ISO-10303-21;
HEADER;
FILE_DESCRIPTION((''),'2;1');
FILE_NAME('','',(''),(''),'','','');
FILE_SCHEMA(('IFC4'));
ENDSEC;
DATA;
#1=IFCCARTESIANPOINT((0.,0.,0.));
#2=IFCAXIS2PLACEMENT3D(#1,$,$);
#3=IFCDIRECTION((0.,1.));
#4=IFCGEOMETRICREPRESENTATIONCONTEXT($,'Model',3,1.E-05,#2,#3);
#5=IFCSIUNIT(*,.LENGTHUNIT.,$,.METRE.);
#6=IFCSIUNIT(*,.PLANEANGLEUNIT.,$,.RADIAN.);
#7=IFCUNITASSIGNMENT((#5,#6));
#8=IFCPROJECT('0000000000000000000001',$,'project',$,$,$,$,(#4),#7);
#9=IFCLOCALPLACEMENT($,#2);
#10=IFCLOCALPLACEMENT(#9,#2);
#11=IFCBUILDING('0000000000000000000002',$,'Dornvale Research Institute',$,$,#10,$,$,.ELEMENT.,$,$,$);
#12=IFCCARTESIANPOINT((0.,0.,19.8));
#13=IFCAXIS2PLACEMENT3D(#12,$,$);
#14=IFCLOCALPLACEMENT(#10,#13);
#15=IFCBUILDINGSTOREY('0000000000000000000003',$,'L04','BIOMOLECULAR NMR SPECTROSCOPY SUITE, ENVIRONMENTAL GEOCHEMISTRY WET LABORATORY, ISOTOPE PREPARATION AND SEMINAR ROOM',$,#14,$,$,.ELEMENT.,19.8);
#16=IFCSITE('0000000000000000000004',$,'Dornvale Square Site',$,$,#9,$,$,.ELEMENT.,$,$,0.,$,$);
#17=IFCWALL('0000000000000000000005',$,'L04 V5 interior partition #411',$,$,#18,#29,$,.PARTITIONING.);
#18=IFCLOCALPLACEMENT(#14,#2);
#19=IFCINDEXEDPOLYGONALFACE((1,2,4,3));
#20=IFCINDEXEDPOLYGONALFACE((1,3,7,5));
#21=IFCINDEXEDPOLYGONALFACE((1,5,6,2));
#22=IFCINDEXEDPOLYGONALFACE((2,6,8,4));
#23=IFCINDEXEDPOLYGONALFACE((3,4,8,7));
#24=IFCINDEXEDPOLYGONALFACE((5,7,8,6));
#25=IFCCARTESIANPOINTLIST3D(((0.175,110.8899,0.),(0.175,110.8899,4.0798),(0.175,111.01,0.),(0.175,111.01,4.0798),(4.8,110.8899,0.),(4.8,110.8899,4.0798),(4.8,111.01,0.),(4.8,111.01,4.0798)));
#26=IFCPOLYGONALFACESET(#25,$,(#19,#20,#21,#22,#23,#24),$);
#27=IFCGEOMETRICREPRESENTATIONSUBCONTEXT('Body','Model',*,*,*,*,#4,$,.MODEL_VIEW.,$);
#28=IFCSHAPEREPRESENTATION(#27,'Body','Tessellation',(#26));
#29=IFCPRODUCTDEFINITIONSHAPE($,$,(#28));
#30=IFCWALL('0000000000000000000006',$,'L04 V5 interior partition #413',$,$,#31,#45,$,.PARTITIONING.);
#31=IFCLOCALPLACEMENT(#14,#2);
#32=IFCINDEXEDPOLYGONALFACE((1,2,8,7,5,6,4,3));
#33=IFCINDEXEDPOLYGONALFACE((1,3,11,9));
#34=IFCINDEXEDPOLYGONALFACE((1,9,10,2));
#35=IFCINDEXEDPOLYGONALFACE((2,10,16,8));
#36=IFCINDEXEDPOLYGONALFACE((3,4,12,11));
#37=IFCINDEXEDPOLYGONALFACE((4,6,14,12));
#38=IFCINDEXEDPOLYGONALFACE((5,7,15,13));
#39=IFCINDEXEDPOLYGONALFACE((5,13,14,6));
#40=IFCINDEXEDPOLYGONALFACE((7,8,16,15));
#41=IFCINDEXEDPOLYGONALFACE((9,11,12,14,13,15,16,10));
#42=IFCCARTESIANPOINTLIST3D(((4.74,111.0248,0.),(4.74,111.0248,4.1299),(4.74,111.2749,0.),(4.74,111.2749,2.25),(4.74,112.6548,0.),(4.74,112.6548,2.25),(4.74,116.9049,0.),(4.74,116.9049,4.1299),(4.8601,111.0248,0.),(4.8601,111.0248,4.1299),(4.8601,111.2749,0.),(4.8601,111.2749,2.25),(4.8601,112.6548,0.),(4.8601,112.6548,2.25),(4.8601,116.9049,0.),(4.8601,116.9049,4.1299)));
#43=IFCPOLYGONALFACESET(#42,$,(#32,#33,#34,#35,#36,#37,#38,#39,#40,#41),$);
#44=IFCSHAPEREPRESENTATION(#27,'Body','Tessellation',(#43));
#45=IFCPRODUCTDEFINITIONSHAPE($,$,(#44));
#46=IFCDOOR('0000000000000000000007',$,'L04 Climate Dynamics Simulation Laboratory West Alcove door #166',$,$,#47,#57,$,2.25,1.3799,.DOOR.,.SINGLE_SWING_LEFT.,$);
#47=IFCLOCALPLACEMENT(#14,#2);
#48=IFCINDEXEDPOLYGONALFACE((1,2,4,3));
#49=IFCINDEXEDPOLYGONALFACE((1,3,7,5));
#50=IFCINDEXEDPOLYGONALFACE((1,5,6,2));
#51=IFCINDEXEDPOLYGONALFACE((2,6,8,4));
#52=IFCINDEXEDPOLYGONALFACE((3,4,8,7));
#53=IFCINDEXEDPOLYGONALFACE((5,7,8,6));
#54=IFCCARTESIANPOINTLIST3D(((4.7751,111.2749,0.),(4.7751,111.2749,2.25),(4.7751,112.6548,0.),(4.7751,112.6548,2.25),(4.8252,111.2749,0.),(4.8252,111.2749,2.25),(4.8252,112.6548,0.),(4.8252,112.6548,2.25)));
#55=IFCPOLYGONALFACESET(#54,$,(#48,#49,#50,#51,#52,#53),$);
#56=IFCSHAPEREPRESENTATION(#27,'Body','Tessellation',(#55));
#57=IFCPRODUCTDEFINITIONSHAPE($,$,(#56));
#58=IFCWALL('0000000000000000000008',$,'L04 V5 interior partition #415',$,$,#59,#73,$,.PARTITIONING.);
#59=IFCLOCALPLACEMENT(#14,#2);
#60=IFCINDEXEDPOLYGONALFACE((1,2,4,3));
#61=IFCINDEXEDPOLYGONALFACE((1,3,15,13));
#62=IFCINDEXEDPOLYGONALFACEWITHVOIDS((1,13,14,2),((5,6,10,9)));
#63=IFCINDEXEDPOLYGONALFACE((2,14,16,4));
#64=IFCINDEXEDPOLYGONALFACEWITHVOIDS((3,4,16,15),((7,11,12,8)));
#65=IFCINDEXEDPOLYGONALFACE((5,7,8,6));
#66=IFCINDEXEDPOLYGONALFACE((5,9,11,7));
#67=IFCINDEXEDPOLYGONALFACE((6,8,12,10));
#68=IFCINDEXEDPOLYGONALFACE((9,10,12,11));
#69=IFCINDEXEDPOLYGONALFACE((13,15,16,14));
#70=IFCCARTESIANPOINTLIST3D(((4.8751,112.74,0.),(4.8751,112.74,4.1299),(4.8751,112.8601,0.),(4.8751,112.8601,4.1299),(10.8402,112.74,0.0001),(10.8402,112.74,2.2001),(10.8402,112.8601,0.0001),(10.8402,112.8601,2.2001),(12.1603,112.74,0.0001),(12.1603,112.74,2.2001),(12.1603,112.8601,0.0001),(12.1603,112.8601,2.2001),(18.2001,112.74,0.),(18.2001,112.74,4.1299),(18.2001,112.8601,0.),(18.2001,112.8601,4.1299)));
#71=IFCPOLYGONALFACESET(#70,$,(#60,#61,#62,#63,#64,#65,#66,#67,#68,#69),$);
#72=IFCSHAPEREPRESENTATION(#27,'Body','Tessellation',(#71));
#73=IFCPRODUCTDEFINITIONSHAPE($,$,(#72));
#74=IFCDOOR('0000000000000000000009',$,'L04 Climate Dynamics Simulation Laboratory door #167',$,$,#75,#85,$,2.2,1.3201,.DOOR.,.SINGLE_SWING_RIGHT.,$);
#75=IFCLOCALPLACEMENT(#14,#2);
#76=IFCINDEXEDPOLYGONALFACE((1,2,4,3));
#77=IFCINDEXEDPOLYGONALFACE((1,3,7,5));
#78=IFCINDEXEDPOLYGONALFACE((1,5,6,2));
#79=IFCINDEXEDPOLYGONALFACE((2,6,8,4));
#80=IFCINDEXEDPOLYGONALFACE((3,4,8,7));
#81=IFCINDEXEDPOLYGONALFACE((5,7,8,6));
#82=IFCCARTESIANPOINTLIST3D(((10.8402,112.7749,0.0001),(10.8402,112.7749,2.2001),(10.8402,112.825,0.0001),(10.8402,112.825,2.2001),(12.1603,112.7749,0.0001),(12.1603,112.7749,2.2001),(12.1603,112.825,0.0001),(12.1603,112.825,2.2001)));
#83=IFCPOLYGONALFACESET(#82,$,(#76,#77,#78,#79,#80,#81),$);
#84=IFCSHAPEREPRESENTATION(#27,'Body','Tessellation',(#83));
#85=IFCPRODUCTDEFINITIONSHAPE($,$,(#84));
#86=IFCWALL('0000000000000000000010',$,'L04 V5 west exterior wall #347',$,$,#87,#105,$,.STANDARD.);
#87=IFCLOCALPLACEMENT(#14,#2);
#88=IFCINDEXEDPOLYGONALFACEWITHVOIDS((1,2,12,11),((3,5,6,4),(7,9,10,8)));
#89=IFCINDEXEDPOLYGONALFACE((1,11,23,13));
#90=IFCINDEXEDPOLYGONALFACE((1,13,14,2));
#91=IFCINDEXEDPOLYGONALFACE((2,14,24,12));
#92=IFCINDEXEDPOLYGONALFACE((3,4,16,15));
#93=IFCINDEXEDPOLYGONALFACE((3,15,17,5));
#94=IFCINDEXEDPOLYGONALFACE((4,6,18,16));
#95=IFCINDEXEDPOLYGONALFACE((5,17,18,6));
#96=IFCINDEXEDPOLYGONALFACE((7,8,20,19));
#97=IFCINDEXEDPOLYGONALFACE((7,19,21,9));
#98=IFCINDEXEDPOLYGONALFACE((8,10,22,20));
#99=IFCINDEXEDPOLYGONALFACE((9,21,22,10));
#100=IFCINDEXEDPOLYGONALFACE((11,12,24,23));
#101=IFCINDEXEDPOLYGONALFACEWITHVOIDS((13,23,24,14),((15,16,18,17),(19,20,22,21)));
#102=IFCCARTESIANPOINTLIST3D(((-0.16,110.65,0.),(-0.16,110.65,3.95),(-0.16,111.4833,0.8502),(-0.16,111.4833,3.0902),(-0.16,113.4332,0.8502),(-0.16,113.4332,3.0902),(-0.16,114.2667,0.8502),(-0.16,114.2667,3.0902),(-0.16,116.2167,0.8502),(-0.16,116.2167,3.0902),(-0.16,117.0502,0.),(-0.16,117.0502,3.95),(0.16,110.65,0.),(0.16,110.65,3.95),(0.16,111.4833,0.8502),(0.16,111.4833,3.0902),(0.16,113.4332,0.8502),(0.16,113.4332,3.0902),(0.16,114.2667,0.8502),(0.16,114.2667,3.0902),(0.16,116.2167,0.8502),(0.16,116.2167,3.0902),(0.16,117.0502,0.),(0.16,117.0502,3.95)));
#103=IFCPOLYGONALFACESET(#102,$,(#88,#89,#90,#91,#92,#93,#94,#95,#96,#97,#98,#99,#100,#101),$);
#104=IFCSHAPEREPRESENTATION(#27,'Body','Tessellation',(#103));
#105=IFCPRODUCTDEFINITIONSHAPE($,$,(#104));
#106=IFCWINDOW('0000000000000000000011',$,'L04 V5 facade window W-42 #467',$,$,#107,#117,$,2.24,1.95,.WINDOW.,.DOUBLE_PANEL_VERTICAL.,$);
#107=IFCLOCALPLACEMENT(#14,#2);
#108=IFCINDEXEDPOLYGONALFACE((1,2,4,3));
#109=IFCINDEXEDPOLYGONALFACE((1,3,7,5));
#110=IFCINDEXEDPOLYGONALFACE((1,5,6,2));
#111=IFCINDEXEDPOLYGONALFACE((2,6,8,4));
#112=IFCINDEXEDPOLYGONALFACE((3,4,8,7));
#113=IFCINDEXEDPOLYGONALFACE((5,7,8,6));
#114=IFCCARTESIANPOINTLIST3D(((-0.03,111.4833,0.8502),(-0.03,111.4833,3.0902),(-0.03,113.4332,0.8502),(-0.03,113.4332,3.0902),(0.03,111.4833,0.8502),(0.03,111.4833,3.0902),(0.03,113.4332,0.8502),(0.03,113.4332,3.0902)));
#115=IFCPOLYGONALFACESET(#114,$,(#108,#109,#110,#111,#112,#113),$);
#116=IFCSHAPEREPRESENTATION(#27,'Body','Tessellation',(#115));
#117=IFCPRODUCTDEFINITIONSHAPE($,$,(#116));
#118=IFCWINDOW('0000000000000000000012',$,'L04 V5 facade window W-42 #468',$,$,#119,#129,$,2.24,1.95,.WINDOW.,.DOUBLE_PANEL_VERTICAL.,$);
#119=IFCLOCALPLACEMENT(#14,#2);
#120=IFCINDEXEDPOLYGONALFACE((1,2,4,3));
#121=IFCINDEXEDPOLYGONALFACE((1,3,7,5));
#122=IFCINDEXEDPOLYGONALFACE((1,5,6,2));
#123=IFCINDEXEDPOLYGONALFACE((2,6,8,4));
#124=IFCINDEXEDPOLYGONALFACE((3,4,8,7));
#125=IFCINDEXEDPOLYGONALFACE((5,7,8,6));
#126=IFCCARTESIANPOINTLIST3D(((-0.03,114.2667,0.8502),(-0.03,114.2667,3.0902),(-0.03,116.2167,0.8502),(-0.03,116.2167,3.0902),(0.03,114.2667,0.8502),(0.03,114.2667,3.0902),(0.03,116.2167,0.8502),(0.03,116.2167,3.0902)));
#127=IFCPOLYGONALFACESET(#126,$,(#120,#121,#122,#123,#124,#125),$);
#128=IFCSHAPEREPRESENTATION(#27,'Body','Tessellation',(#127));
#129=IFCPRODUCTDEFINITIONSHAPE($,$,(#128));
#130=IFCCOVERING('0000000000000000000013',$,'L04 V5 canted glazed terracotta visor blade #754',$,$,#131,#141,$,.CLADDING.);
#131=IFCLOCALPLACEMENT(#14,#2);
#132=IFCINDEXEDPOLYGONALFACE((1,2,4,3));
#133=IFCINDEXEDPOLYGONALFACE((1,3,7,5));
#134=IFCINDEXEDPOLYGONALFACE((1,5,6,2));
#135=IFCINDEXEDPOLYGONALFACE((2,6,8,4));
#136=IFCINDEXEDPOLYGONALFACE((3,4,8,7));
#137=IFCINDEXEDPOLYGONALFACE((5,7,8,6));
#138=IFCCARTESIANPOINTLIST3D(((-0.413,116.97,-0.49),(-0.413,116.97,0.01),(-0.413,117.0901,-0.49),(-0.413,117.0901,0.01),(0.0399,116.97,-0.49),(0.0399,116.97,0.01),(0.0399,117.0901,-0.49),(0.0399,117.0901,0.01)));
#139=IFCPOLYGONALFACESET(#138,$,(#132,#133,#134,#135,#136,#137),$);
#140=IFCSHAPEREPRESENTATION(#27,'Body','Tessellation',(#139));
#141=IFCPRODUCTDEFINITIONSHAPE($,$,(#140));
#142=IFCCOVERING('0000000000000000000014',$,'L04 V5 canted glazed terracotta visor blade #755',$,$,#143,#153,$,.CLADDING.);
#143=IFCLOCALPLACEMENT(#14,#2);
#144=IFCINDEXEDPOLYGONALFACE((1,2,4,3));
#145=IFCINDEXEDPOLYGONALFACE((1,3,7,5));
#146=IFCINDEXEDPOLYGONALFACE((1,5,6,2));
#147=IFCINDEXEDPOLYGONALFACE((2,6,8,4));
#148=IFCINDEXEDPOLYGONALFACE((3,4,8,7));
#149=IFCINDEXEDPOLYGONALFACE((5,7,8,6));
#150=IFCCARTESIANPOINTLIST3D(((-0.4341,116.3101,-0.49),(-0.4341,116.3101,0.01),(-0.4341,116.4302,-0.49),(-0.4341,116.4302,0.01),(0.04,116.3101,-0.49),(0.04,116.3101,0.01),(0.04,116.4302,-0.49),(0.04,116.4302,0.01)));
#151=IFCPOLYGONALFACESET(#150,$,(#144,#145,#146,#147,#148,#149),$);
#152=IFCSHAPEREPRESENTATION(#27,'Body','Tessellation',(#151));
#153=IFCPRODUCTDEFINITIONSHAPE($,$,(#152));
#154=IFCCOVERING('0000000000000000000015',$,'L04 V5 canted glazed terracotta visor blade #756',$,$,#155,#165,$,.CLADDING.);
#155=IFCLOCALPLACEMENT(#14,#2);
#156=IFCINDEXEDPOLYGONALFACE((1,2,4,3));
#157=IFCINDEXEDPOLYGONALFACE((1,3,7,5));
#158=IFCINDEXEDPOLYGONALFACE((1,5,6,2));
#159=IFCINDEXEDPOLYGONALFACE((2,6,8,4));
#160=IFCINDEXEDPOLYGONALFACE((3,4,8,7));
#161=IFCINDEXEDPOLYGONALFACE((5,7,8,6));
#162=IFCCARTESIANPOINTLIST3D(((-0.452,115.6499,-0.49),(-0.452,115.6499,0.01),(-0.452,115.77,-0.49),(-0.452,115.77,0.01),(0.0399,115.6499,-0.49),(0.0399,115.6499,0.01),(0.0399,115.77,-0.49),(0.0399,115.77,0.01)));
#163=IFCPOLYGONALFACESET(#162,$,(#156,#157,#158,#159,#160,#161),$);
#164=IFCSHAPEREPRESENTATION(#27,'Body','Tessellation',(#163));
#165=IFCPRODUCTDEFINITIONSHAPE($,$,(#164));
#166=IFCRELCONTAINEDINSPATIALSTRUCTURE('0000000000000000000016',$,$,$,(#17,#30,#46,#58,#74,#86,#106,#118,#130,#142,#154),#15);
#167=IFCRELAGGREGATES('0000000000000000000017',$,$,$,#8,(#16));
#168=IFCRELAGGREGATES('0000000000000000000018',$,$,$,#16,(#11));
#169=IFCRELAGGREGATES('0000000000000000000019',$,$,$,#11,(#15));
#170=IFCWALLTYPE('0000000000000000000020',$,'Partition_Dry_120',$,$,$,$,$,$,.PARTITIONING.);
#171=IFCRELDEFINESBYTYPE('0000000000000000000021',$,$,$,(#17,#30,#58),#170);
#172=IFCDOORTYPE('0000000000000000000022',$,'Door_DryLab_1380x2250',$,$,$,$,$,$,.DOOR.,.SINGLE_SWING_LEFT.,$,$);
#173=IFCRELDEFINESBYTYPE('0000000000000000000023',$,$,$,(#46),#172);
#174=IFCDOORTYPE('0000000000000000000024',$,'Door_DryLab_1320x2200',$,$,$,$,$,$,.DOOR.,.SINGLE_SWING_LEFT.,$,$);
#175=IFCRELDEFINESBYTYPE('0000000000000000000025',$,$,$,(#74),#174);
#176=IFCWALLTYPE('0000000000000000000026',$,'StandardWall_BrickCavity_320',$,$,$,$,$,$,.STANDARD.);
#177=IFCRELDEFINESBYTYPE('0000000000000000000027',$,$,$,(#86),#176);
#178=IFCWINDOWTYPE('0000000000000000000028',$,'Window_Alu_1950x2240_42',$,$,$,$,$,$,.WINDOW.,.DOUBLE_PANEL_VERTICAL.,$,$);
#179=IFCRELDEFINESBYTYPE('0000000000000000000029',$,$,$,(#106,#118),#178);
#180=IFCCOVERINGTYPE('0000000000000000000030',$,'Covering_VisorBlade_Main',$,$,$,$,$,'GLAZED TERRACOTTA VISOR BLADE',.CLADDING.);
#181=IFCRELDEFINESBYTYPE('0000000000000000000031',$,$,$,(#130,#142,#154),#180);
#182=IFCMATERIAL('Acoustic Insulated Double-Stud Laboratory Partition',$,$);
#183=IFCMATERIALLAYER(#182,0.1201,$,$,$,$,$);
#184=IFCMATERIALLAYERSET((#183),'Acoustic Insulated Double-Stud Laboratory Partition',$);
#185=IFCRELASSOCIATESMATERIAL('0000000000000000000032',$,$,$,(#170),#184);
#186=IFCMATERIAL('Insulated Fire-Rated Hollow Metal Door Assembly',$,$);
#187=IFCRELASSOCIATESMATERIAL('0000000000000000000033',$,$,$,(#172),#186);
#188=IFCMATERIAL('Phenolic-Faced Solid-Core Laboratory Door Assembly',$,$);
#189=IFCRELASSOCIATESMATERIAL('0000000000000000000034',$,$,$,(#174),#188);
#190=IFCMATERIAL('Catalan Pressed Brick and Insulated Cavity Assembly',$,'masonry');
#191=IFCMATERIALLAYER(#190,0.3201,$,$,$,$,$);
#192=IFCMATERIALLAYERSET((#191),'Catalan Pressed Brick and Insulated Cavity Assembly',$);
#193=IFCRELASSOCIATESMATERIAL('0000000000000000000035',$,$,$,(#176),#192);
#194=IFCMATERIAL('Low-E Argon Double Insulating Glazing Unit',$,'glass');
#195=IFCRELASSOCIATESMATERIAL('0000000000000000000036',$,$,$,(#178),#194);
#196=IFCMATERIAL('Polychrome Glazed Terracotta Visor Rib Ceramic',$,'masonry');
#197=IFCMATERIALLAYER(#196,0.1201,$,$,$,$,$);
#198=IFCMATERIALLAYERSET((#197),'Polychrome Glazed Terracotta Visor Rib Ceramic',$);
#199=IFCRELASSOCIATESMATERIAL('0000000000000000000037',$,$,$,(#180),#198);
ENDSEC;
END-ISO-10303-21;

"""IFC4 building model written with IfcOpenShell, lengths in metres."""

from ifc_helpers import new_model, si_unit, direction, frame, frame_2d, origin, origin_2d, place, context, subcontext, project, spatial, rectangle, extrude, material, layer, layer_set, type_object, element, fill, save


model = new_model("IFC4")

# Units and contexts
model_context = context("Model", 3, precision=1e-05, world=origin(), true_north=direction((0.0, 1.0)))
body_context = subcontext(model_context, "Body", "Model", "MODEL_VIEW")
ifc_project = project(units=[si_unit("LENGTHUNIT", "METRE"), si_unit("PLANEANGLEUNIT", "RADIAN")], contexts=[model_context])

# Site, building, storey
site_placement = place(None, origin())
site = spatial("IfcSite", under=ifc_project, at=site_placement, Name="Dornvale Square Site", CompositionType="ELEMENT", RefElevation=0.0)
building_placement = place(site_placement, origin())
building = spatial("IfcBuilding", under=site, at=building_placement, Name="Dornvale Research Institute", CompositionType="ELEMENT")
storey_placement = place(building_placement, frame((0.0, 0.0, 19.8)))
storey = spatial("IfcBuildingStorey", under=building, at=storey_placement, Name="L04", Description="BIOMOLECULAR NMR SPECTROSCOPY SUITE, ENVIRONMENTAL GEOCHEMISTRY WET LABORATORY, ISOTOPE PREPARATION AND SEMINAR ROOM", CompositionType="ELEMENT", Elevation=19.8)

# Shared definitions
ifc_material_1 = material(Name="Acoustic Insulated Double-Stud Laboratory Partition")
ifc_layer_1 = layer(ifc_material_1, 0.1201)
ifc_layer_set_1 = layer_set([ifc_layer_1], Name="Acoustic Insulated Double-Stud Laboratory Partition")
wall_type_1 = type_object("IfcWallType", Name="Partition_Dry_120", PredefinedType="PARTITIONING", material=ifc_layer_set_1)

# Wall
wall_1_placement = place(storey_placement, frame((0.175, 110.95, 0.0), z_axis=(0.0, 0.0, 1.0), x_axis=(1.0, 0.0, 0.0)))
element("IfcWall", 1, at=wall_1_placement, inside=storey, type_object=wall_type_1, Name="L04 V5 interior partition #411", PredefinedType="PARTITIONING", context=body_context, shape_type="SweptSolid", body=[
    extrude(rectangle(XDim=4.625, YDim=0.1201, at=frame_2d((2.3125, 0.0))), origin(), (0.0, 0.0, 1.0), 4.0798),
])

# Walls, openings, doors
wall_2_placement = place(storey_placement, frame((4.8, 111.0249, 0.0), z_axis=(0.0, 0.0, 1.0), x_axis=(0.0, 1.0, 0.0)))
wall_2 = element("IfcWall", 2, at=wall_2_placement, inside=storey, type_object=wall_type_1, Name="L04 V5 interior partition #413", PredefinedType="PARTITIONING", context=body_context, shape_type="SweptSolid", body=[
    extrude(rectangle(XDim=5.8801, YDim=0.1201, at=frame_2d((2.9399, 0.0))), origin(), (0.0, 0.0, 1.0), 4.1299),
])
opening_1_placement = place(wall_2_placement, frame((0.25, 0.0, 0.0)))
opening_1 = element("IfcOpeningElement", 3, at=opening_1_placement, cuts=wall_2, PredefinedType="OPENING", context=body_context, shape_type="SweptSolid", body=[
    extrude(rectangle(XDim=1.3799, YDim=2.25, at=frame_2d((0.6899, 1.125))), frame((0.0, 0.075, 0.0), z_axis=(0.0, -1.0, 0.0), x_axis=(1.0, 0.0, 0.0)), (0.0, 0.0, 1.0), 0.1501),
])
ifc_material_2 = material(Name="Insulated Fire-Rated Hollow Metal Door Assembly")
door_type_1 = type_object("IfcDoorType", Name="Door_DryLab_1380x2250", OperationType="SINGLE_SWING_LEFT", PredefinedType="DOOR", material=ifc_material_2)
door_1_placement = place(opening_1_placement, origin())
door_1 = element("IfcDoor", 4, at=door_1_placement, inside=storey, type_object=door_type_1, Name="L04 Climate Dynamics Simulation Laboratory West Alcove door #166", OperationType="SINGLE_SWING_LEFT", OverallHeight=2.25, OverallWidth=1.3799, PredefinedType="DOOR", context=body_context, shape_type="SweptSolid", body=[
    extrude(rectangle(XDim=1.3799, YDim=2.25, at=frame_2d((0.6899, 1.125))), frame((0.0, 0.0249, 0.0), z_axis=(0.0, -1.0, 0.0), x_axis=(1.0, 0.0, 0.0)), (0.0, 0.0, 1.0), 0.05),
])
fill(opening_1, door_1)
wall_3_placement = place(storey_placement, frame((4.875, 112.8, 0.0), z_axis=(0.0, 0.0, 1.0), x_axis=(1.0, 0.0, 0.0)))
wall_3 = element("IfcWall", 5, at=wall_3_placement, inside=storey, type_object=wall_type_1, Name="L04 V5 interior partition #415", PredefinedType="PARTITIONING", context=body_context, shape_type="SweptSolid", body=[
    extrude(rectangle(XDim=13.325, YDim=0.1201, at=frame_2d((6.6626, 0.0))), origin(), (0.0, 0.0, 1.0), 4.1299),
])
opening_2_placement = place(wall_3_placement, frame((5.9651, 0.0, 0.0)))
opening_2 = element("IfcOpeningElement", 6, at=opening_2_placement, cuts=wall_3, PredefinedType="OPENING", context=body_context, shape_type="SweptSolid", body=[
    extrude(rectangle(XDim=1.3201, YDim=2.2, at=frame_2d((0.6602, 1.1001))), frame((0.0, 0.075, 0.0), z_axis=(0.0, -1.0, 0.0), x_axis=(1.0, 0.0, 0.0)), (0.0, 0.0, 1.0), 0.1501),
])
ifc_material_3 = material(Name="Phenolic-Faced Solid-Core Laboratory Door Assembly")
door_type_2 = type_object("IfcDoorType", Name="Door_DryLab_1320x2200", OperationType="SINGLE_SWING_LEFT", PredefinedType="DOOR", material=ifc_material_3)
door_2_placement = place(opening_2_placement, origin())
door_2 = element("IfcDoor", 7, at=door_2_placement, inside=storey, type_object=door_type_2, Name="L04 Climate Dynamics Simulation Laboratory door #167", OperationType="SINGLE_SWING_RIGHT", OverallHeight=2.2, OverallWidth=1.3201, PredefinedType="DOOR", context=body_context, shape_type="SweptSolid", body=[
    extrude(rectangle(XDim=1.3201, YDim=2.2, at=frame_2d((0.6602, 1.1001))), frame((0.0, 0.0249, 0.0), z_axis=(0.0, -1.0, 0.0), x_axis=(1.0, 0.0, 0.0)), (0.0, 0.0, 1.0), 0.05),
])
fill(opening_2, door_2)

# Wall, openings, windows
ifc_material_4 = material(Name="Catalan Pressed Brick and Insulated Cavity Assembly", Category="masonry")
ifc_layer_2 = layer(ifc_material_4, 0.3201)
ifc_layer_set_2 = layer_set([ifc_layer_2], Name="Catalan Pressed Brick and Insulated Cavity Assembly")
wall_type_2 = type_object("IfcWallType", Name="StandardWall_BrickCavity_320", PredefinedType="STANDARD", material=ifc_layer_set_2)
wall_4_placement = place(storey_placement, frame((0.0, 110.6499, 0.0), z_axis=(0.0, 0.0, 1.0), x_axis=(0.0, 1.0, 0.0)))
wall_4 = element("IfcWall", 8, at=wall_4_placement, inside=storey, type_object=wall_type_2, Name="L04 V5 west exterior wall #347", PredefinedType="STANDARD", context=body_context, shape_type="SweptSolid", body=[
    extrude(rectangle(XDim=6.4001, YDim=0.3201, at=frame_2d((3.2002, 0.0))), origin(), (0.0, 0.0, 1.0), 3.95),
])
opening_3_placement = place(wall_4_placement, frame((0.8333, 0.0, 0.8501)))
opening_3 = element("IfcOpeningElement", 9, at=opening_3_placement, cuts=wall_4, PredefinedType="OPENING", context=body_context, shape_type="SweptSolid", body=[
    extrude(rectangle(XDim=1.95, YDim=2.24, at=frame_2d((0.9751, 1.1201))), frame((0.0, 0.175, 0.0), z_axis=(0.0, -1.0, 0.0), x_axis=(1.0, 0.0, 0.0)), (0.0, 0.0, 1.0), 0.3501),
])
opening_4_placement = place(wall_4_placement, frame((3.6167, 0.0, 0.8501)))
opening_4 = element("IfcOpeningElement", 10, at=opening_4_placement, cuts=wall_4, PredefinedType="OPENING", context=body_context, shape_type="SweptSolid", body=[
    extrude(rectangle(XDim=1.95, YDim=2.24, at=frame_2d((0.9751, 1.1201))), frame((0.0, 0.175, 0.0), z_axis=(0.0, -1.0, 0.0), x_axis=(1.0, 0.0, 0.0)), (0.0, 0.0, 1.0), 0.3501),
])
ifc_material_5 = material(Name="Low-E Argon Double Insulating Glazing Unit", Category="glass")
window_type = type_object("IfcWindowType", Name="Window_Alu_1950x2240_42", PartitioningType="DOUBLE_PANEL_VERTICAL", PredefinedType="WINDOW", material=ifc_material_5)
window_1_placement = place(opening_3_placement, origin())
window_1 = element("IfcWindow", 11, at=window_1_placement, inside=storey, type_object=window_type, Name="L04 V5 facade window W-42 #467", OverallHeight=2.24, OverallWidth=1.95, PartitioningType="DOUBLE_PANEL_VERTICAL", PredefinedType="WINDOW", context=body_context, shape_type="SweptSolid", body=[
    extrude(rectangle(XDim=1.95, YDim=2.24, at=frame_2d((0.9751, 1.1201))), frame((0.0, 0.03, 0.0), z_axis=(0.0, -1.0, 0.0), x_axis=(1.0, 0.0, 0.0)), (0.0, 0.0, 1.0), 0.0601),
])
fill(opening_3, window_1)
window_2_placement = place(opening_4_placement, origin())
window_2 = element("IfcWindow", 12, at=window_2_placement, inside=storey, type_object=window_type, Name="L04 V5 facade window W-42 #468", OverallHeight=2.24, OverallWidth=1.95, PartitioningType="DOUBLE_PANEL_VERTICAL", PredefinedType="WINDOW", context=body_context, shape_type="SweptSolid", body=[
    extrude(rectangle(XDim=1.95, YDim=2.24, at=frame_2d((0.9751, 1.1201))), frame((0.0, 0.03, 0.0), z_axis=(0.0, -1.0, 0.0), x_axis=(1.0, 0.0, 0.0)), (0.0, 0.0, 1.0), 0.0601),
])
fill(opening_4, window_2)

# Coverings
ifc_material_6 = material(Name="Polychrome Glazed Terracotta Visor Rib Ceramic", Category="masonry")
ifc_layer_3 = layer(ifc_material_6, 0.1201)
ifc_layer_set_3 = layer_set([ifc_layer_3], Name="Polychrome Glazed Terracotta Visor Rib Ceramic")
covering_type = type_object("IfcCoveringType", Name="Covering_VisorBlade_Main", ElementType="GLAZED TERRACOTTA VISOR BLADE", PredefinedType="CLADDING", material=ifc_layer_set_3)
covering_1_placement = place(storey_placement, frame((-0.1865, 117.03, -0.49), z_axis=(0.0, 0.0, 1.0), x_axis=(1.0, 0.0, 0.0)))
element("IfcCovering", 13, at=covering_1_placement, inside=storey, type_object=covering_type, Name="L04 V5 canted glazed terracotta visor blade #754", PredefinedType="CLADDING", context=body_context, shape_type="SweptSolid", body=[
    extrude(rectangle(XDim=0.4529, YDim=0.1201, at=origin_2d()), origin(), (0.0, 0.0, 1.0), 0.5),
])
covering_2_placement = place(storey_placement, frame((-0.197, 116.3701, -0.49), z_axis=(0.0, 0.0, 1.0), x_axis=(1.0, 0.0, 0.0)))
element("IfcCovering", 14, at=covering_2_placement, inside=storey, type_object=covering_type, Name="L04 V5 canted glazed terracotta visor blade #755", PredefinedType="CLADDING", context=body_context, shape_type="SweptSolid", body=[
    extrude(rectangle(XDim=0.4741, YDim=0.1201, at=origin_2d()), origin(), (0.0, 0.0, 1.0), 0.5),
])
covering_3_placement = place(storey_placement, frame((-0.2061, 115.71, -0.49), z_axis=(0.0, 0.0, 1.0), x_axis=(1.0, 0.0, 0.0)))
element("IfcCovering", 15, at=covering_3_placement, inside=storey, type_object=covering_type, Name="L04 V5 canted glazed terracotta visor blade #756", PredefinedType="CLADDING", context=body_context, shape_type="SweptSolid", body=[
    extrude(rectangle(XDim=0.4919, YDim=0.1201, at=origin_2d()), origin(), (0.0, 0.0, 1.0), 0.5),
])

save(model, "model.ifc")
